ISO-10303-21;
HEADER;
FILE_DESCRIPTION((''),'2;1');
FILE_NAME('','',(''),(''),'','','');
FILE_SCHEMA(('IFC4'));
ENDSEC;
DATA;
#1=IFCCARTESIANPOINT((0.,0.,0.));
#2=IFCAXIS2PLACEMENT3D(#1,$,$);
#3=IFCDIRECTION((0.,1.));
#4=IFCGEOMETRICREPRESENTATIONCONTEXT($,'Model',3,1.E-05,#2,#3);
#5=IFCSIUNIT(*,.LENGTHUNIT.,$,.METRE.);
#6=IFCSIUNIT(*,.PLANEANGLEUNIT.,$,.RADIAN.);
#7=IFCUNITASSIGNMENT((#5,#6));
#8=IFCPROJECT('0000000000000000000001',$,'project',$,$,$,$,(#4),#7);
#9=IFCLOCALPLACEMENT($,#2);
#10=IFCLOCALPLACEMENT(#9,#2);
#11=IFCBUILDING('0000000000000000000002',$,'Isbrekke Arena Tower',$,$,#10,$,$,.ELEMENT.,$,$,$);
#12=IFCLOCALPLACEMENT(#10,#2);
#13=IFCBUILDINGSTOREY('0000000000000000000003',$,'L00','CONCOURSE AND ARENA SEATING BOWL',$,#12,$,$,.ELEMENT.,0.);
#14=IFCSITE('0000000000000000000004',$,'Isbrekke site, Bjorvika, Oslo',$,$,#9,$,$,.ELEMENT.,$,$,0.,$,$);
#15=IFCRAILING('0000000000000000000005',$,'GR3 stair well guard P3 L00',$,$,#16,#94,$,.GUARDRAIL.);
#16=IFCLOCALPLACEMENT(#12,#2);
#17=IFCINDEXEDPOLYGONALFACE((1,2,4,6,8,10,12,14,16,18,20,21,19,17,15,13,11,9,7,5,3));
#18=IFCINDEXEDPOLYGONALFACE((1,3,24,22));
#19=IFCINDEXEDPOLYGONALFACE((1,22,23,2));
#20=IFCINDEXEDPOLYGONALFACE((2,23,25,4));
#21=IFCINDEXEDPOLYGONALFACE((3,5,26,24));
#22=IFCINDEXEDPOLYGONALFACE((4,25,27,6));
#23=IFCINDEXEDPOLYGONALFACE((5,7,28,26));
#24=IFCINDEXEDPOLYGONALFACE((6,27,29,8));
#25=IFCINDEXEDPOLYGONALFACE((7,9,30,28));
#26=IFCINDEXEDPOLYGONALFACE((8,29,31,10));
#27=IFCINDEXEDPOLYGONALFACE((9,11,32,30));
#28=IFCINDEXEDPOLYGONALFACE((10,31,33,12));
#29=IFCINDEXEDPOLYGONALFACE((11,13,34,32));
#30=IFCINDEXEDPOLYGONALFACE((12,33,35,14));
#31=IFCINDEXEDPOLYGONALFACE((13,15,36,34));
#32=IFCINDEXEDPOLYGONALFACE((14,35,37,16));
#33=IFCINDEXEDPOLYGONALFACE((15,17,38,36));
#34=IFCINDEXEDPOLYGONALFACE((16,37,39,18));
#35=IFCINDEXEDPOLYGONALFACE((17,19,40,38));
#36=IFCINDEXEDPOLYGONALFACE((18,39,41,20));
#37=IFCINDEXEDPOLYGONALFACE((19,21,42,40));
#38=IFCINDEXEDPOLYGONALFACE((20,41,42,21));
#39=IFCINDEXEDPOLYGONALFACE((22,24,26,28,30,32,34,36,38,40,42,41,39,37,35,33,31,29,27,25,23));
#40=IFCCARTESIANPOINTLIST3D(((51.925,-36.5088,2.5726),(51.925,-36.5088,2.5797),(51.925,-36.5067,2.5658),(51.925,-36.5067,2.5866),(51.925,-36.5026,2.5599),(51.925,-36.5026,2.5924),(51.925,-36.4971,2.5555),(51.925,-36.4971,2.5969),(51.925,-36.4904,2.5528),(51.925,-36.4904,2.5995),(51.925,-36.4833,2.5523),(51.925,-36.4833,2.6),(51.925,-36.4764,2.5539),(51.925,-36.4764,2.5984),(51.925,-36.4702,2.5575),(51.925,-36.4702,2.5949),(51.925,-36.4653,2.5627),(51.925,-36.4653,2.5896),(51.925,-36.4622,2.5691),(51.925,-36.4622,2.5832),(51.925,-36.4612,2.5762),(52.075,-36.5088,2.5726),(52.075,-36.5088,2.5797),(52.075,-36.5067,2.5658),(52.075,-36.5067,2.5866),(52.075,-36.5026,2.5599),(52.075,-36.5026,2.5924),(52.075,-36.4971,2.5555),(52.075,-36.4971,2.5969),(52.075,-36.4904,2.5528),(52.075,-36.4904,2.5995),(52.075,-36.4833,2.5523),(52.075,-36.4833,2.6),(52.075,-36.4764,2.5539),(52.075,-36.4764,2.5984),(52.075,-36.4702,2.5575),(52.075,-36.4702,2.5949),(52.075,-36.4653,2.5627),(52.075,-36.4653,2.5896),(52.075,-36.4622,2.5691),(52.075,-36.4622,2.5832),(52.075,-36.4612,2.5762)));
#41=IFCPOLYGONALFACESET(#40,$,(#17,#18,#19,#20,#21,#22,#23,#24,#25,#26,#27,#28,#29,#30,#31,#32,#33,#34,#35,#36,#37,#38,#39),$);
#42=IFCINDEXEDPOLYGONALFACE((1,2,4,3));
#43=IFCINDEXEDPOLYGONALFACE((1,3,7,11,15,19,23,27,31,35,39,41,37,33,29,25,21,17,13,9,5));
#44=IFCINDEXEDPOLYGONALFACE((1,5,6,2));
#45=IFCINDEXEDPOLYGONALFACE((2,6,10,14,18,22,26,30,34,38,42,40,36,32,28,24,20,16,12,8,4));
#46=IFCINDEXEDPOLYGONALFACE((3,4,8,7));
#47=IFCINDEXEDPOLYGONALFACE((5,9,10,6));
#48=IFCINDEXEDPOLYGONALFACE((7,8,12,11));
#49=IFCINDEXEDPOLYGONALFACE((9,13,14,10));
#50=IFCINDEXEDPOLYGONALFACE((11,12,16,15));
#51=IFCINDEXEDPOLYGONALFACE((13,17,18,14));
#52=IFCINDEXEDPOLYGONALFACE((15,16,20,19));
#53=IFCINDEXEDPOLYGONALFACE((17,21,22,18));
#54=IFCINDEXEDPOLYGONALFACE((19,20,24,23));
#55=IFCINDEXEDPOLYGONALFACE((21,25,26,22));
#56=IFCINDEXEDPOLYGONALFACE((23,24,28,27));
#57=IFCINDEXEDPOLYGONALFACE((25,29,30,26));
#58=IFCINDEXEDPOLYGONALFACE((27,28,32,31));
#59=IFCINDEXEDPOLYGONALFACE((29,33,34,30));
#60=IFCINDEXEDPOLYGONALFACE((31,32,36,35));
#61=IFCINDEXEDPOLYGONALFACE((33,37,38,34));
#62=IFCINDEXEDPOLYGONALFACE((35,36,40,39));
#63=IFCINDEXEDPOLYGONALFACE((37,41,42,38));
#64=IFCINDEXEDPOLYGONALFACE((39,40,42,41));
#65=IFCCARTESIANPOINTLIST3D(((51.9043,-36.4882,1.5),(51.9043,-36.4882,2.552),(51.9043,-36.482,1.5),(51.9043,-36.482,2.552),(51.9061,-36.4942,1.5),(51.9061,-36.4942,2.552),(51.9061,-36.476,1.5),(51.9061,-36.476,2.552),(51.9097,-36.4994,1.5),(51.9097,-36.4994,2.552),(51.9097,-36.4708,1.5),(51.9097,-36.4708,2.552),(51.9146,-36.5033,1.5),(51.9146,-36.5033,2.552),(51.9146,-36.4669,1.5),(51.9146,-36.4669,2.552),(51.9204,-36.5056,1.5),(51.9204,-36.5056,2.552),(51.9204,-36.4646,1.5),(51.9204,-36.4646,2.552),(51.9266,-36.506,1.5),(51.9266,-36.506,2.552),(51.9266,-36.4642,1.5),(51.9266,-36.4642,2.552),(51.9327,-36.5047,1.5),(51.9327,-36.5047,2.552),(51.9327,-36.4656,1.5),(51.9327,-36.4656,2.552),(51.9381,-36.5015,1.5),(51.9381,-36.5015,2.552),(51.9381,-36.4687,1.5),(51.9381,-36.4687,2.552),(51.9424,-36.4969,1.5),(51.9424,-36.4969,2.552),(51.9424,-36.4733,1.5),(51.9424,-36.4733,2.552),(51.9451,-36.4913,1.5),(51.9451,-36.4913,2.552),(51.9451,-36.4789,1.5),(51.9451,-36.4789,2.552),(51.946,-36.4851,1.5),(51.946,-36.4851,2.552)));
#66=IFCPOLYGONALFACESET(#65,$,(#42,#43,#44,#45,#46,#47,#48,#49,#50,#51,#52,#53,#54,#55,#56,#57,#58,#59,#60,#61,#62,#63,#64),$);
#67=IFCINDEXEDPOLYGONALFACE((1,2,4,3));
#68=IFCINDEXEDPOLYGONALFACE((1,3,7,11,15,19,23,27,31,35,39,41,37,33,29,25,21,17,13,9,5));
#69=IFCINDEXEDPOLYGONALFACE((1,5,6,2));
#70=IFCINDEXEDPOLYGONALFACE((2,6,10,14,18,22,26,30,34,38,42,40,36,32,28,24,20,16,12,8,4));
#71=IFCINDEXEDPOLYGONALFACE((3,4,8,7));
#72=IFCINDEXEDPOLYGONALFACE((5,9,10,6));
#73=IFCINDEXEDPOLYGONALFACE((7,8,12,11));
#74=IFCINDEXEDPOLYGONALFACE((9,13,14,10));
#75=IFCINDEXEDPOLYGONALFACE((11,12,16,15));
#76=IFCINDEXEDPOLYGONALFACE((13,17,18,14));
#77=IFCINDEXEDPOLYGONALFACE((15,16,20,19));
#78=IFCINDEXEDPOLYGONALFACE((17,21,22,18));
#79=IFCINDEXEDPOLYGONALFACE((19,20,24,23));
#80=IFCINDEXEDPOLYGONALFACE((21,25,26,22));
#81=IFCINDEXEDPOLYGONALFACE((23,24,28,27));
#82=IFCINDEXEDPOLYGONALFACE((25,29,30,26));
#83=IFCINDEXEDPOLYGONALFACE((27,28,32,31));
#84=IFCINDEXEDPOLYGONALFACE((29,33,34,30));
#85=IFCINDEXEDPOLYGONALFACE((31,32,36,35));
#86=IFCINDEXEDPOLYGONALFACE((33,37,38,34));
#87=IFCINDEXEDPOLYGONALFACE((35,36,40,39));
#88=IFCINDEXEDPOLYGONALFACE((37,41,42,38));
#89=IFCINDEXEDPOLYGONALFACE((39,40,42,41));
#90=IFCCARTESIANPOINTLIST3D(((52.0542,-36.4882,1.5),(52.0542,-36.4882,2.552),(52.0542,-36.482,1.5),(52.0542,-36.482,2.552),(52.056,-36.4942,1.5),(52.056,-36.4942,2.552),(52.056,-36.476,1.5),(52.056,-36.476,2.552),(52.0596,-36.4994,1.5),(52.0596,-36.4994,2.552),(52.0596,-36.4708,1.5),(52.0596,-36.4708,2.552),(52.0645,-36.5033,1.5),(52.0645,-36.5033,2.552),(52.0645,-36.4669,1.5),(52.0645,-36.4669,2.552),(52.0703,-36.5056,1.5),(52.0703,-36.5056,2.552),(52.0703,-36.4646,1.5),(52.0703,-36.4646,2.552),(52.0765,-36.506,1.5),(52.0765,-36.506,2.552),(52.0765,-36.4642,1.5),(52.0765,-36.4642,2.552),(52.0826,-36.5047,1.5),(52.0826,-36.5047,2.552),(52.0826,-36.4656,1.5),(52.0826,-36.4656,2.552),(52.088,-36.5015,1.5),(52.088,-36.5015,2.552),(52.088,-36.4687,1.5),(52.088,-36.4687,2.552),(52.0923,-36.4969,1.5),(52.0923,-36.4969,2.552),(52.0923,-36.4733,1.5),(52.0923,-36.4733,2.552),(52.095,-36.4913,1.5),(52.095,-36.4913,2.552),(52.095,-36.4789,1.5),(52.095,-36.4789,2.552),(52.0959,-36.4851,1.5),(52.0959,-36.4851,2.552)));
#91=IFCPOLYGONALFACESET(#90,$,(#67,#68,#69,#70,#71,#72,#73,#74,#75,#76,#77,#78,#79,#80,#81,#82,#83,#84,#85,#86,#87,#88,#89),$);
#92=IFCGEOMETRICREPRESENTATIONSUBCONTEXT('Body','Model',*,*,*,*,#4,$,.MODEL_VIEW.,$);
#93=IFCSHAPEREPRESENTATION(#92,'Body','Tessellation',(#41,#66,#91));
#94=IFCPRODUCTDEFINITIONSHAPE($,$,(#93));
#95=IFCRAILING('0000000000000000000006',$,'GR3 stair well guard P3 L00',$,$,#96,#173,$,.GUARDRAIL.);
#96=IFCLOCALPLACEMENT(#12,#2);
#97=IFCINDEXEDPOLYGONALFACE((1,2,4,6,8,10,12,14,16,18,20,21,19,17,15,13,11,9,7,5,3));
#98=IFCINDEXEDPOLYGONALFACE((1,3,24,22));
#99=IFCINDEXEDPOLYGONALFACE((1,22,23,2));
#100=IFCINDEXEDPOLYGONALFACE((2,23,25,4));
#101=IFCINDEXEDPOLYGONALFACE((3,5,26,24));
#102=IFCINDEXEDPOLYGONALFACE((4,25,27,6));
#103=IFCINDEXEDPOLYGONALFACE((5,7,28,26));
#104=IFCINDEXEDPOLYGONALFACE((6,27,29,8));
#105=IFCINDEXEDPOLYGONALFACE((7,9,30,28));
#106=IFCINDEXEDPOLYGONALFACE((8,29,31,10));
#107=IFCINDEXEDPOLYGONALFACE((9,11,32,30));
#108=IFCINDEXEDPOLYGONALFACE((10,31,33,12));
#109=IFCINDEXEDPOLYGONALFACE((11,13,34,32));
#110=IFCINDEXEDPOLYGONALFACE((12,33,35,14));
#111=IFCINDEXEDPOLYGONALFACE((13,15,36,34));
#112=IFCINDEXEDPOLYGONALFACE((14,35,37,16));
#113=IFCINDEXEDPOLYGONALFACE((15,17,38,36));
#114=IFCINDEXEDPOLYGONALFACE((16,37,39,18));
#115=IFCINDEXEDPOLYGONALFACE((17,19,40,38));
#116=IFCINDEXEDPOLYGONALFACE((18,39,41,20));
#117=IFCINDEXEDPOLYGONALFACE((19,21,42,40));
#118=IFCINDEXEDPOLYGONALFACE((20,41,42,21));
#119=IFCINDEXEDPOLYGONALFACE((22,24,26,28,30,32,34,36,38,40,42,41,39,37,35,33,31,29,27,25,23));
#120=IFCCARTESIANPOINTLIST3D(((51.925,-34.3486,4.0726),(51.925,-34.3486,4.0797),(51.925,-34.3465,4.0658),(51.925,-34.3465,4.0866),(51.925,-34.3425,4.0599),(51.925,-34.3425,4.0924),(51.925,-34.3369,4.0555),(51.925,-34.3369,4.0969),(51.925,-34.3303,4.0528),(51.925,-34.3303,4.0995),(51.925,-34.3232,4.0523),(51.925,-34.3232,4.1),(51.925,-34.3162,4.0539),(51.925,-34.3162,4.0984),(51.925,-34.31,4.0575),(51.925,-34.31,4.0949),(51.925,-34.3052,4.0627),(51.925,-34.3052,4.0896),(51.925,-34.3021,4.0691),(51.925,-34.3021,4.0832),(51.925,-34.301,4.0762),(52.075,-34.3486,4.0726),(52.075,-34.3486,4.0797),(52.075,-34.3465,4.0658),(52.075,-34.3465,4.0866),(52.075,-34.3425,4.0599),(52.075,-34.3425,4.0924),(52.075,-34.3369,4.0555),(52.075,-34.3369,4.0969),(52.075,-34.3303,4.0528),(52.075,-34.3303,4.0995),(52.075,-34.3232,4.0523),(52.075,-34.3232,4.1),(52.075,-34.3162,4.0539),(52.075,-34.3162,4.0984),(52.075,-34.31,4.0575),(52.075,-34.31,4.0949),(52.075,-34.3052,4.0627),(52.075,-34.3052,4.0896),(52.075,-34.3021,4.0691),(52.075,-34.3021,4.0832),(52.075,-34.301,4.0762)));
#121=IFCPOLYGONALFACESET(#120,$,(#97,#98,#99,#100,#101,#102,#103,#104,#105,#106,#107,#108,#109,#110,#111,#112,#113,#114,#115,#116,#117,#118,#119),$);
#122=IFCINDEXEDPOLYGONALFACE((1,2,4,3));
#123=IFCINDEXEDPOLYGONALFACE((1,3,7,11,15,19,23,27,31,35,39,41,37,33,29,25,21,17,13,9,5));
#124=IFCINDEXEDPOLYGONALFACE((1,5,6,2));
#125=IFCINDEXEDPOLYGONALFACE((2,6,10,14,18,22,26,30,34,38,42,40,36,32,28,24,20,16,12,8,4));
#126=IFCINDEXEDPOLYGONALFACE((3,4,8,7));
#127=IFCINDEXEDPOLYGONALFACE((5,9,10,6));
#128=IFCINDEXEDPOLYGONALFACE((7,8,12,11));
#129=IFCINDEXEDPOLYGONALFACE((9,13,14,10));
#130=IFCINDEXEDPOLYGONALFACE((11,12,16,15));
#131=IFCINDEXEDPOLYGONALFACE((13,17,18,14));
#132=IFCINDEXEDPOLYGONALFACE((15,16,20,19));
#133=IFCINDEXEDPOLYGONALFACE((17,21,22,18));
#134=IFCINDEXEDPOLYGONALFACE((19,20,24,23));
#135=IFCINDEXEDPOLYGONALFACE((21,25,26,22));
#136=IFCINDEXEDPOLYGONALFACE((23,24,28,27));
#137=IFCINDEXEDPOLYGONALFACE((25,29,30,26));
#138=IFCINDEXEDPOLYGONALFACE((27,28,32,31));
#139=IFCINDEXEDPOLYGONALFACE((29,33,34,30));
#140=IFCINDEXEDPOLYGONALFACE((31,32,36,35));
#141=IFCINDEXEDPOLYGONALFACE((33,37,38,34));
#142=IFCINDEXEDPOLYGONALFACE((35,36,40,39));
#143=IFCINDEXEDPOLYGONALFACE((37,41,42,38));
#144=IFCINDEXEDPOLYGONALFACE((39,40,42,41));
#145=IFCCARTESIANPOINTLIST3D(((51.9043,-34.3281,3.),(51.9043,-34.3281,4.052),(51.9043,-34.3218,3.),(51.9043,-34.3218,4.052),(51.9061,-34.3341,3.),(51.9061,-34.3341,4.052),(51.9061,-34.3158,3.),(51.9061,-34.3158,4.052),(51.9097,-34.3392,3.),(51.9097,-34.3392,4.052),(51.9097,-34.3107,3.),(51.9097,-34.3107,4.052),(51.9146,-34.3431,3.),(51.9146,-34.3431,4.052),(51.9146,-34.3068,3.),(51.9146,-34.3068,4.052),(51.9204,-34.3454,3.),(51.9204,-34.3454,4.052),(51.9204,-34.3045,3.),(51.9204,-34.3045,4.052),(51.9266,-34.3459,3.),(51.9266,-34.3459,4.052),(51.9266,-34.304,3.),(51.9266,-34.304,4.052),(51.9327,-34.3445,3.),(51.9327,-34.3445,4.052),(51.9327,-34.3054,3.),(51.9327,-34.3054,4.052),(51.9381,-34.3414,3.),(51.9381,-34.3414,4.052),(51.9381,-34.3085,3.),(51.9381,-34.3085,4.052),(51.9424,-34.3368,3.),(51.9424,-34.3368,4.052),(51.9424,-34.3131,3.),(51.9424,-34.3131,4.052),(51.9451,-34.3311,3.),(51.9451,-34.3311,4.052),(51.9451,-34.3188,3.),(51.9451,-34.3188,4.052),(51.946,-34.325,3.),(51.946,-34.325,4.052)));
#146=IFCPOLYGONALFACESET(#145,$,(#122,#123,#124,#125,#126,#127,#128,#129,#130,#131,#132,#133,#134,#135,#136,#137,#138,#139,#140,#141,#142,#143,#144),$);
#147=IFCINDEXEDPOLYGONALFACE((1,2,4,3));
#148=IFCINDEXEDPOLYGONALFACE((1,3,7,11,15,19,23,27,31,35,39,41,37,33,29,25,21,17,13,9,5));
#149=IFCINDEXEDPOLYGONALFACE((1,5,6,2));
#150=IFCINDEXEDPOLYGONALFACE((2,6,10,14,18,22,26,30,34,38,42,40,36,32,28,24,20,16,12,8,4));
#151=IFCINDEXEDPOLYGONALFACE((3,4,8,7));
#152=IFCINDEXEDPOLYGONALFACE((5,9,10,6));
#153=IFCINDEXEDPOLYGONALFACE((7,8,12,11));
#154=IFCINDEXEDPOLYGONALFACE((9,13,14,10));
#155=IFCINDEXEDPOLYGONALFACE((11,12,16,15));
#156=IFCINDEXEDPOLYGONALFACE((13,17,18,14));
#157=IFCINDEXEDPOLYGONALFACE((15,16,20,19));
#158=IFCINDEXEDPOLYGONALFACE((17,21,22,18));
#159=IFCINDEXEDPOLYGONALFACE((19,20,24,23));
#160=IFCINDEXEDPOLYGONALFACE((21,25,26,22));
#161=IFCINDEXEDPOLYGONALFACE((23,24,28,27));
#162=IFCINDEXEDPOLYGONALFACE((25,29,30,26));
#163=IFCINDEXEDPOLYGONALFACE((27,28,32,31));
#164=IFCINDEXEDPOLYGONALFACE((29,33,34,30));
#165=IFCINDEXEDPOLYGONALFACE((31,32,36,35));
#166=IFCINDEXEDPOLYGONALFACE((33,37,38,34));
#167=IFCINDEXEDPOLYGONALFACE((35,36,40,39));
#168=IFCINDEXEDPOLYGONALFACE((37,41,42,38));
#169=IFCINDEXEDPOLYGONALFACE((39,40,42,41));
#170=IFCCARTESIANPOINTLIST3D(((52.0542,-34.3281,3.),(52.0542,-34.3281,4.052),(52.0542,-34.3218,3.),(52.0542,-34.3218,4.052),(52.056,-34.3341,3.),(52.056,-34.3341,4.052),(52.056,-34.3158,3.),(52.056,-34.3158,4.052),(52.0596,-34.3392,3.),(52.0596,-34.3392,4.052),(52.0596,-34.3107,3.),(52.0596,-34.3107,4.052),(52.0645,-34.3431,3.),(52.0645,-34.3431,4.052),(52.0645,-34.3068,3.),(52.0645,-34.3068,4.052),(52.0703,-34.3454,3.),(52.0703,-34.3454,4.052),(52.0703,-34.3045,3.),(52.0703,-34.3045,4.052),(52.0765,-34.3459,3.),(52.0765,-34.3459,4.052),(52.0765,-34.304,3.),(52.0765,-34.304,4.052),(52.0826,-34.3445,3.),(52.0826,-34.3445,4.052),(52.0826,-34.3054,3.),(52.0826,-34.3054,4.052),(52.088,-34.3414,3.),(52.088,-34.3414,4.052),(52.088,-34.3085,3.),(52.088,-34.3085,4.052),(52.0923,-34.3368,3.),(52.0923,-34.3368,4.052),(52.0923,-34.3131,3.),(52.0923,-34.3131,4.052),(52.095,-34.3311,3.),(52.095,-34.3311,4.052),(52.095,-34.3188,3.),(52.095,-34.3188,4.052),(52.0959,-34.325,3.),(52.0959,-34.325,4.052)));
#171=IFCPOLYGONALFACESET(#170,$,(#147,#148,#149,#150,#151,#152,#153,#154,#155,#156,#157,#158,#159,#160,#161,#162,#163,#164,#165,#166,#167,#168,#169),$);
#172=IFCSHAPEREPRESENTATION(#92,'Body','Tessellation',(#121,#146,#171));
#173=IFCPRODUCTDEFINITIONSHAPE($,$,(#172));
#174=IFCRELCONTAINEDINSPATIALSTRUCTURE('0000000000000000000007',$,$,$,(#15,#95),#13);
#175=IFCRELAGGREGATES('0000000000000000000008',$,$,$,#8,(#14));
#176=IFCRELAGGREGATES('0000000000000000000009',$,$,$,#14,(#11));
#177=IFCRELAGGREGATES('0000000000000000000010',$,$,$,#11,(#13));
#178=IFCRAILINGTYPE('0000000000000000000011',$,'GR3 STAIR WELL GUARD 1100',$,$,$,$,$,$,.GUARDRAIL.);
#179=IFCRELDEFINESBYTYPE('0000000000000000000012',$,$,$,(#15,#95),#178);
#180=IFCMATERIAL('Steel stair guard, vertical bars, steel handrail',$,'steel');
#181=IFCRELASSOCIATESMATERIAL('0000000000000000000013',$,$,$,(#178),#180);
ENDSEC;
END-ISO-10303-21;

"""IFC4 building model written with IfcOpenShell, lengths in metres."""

from ifc_helpers import new_model, si_unit, direction, frame, origin, origin_2d, place, context, subcontext, project, spatial, circle, extrude, material, type_object, element, save


model = new_model("IFC4")

# Units and contexts
model_context = context("Model", 3, precision=1e-05, world=origin(), true_north=direction((0.0, 1.0)))
body_context = subcontext(model_context, "Body", "Model", "MODEL_VIEW")
ifc_project = project(units=[si_unit("LENGTHUNIT", "METRE"), si_unit("PLANEANGLEUNIT", "RADIAN")], contexts=[model_context])

# Site, building, storey
site_placement = place(None, origin())
site = spatial("IfcSite", under=ifc_project, at=site_placement, Name="Isbrekke site, Bjorvika, Oslo", CompositionType="ELEMENT", RefElevation=0.0)
building_placement = place(site_placement, origin())
building = spatial("IfcBuilding", under=site, at=building_placement, Name="Isbrekke Arena Tower", CompositionType="ELEMENT")
storey_placement = place(building_placement, origin())
storey = spatial("IfcBuildingStorey", under=building, at=storey_placement, Name="L00", Description="CONCOURSE AND ARENA SEATING BOWL", CompositionType="ELEMENT", Elevation=0.0)

# Railings
ifc_material_1 = material(Name="Steel stair guard, vertical bars, steel handrail", Category="steel")
railing_type = type_object("IfcRailingType", Name="GR3 STAIR WELL GUARD 1100", PredefinedType="GUARDRAIL", material=ifc_material_1)
for number, where, name in (
    (1, (51.925, -36.4851, 1.5), "GR3 stair well guard P3 L00"),
    (2, (51.925, -34.325, 3.0), "GR3 stair well guard P3 L00"),
):
    element("IfcRailing", number, at=place(storey_placement, frame(where)), inside=storey, type_object=railing_type, Name=name, PredefinedType="GUARDRAIL", context=body_context, shape_type="SweptSolid", body=[
        extrude(circle(Radius=0.0239, at=origin_2d()), frame((0.0, 0.0, 1.0762), z_axis=(1.0, 0.0, 0.0), x_axis=(0.0, 1.0, 0.0)), (0.0, 0.0, 1.0), 0.1499),
        extrude(circle(Radius=0.021, at=origin_2d()), origin(), (0.0, 0.0, 1.0), 1.052),
        extrude(circle(Radius=0.021, at=origin_2d()), frame((0.1499, 0.0, 0.0)), (0.0, 0.0, 1.0), 1.052),
    ])

save(model, "model.ifc")
